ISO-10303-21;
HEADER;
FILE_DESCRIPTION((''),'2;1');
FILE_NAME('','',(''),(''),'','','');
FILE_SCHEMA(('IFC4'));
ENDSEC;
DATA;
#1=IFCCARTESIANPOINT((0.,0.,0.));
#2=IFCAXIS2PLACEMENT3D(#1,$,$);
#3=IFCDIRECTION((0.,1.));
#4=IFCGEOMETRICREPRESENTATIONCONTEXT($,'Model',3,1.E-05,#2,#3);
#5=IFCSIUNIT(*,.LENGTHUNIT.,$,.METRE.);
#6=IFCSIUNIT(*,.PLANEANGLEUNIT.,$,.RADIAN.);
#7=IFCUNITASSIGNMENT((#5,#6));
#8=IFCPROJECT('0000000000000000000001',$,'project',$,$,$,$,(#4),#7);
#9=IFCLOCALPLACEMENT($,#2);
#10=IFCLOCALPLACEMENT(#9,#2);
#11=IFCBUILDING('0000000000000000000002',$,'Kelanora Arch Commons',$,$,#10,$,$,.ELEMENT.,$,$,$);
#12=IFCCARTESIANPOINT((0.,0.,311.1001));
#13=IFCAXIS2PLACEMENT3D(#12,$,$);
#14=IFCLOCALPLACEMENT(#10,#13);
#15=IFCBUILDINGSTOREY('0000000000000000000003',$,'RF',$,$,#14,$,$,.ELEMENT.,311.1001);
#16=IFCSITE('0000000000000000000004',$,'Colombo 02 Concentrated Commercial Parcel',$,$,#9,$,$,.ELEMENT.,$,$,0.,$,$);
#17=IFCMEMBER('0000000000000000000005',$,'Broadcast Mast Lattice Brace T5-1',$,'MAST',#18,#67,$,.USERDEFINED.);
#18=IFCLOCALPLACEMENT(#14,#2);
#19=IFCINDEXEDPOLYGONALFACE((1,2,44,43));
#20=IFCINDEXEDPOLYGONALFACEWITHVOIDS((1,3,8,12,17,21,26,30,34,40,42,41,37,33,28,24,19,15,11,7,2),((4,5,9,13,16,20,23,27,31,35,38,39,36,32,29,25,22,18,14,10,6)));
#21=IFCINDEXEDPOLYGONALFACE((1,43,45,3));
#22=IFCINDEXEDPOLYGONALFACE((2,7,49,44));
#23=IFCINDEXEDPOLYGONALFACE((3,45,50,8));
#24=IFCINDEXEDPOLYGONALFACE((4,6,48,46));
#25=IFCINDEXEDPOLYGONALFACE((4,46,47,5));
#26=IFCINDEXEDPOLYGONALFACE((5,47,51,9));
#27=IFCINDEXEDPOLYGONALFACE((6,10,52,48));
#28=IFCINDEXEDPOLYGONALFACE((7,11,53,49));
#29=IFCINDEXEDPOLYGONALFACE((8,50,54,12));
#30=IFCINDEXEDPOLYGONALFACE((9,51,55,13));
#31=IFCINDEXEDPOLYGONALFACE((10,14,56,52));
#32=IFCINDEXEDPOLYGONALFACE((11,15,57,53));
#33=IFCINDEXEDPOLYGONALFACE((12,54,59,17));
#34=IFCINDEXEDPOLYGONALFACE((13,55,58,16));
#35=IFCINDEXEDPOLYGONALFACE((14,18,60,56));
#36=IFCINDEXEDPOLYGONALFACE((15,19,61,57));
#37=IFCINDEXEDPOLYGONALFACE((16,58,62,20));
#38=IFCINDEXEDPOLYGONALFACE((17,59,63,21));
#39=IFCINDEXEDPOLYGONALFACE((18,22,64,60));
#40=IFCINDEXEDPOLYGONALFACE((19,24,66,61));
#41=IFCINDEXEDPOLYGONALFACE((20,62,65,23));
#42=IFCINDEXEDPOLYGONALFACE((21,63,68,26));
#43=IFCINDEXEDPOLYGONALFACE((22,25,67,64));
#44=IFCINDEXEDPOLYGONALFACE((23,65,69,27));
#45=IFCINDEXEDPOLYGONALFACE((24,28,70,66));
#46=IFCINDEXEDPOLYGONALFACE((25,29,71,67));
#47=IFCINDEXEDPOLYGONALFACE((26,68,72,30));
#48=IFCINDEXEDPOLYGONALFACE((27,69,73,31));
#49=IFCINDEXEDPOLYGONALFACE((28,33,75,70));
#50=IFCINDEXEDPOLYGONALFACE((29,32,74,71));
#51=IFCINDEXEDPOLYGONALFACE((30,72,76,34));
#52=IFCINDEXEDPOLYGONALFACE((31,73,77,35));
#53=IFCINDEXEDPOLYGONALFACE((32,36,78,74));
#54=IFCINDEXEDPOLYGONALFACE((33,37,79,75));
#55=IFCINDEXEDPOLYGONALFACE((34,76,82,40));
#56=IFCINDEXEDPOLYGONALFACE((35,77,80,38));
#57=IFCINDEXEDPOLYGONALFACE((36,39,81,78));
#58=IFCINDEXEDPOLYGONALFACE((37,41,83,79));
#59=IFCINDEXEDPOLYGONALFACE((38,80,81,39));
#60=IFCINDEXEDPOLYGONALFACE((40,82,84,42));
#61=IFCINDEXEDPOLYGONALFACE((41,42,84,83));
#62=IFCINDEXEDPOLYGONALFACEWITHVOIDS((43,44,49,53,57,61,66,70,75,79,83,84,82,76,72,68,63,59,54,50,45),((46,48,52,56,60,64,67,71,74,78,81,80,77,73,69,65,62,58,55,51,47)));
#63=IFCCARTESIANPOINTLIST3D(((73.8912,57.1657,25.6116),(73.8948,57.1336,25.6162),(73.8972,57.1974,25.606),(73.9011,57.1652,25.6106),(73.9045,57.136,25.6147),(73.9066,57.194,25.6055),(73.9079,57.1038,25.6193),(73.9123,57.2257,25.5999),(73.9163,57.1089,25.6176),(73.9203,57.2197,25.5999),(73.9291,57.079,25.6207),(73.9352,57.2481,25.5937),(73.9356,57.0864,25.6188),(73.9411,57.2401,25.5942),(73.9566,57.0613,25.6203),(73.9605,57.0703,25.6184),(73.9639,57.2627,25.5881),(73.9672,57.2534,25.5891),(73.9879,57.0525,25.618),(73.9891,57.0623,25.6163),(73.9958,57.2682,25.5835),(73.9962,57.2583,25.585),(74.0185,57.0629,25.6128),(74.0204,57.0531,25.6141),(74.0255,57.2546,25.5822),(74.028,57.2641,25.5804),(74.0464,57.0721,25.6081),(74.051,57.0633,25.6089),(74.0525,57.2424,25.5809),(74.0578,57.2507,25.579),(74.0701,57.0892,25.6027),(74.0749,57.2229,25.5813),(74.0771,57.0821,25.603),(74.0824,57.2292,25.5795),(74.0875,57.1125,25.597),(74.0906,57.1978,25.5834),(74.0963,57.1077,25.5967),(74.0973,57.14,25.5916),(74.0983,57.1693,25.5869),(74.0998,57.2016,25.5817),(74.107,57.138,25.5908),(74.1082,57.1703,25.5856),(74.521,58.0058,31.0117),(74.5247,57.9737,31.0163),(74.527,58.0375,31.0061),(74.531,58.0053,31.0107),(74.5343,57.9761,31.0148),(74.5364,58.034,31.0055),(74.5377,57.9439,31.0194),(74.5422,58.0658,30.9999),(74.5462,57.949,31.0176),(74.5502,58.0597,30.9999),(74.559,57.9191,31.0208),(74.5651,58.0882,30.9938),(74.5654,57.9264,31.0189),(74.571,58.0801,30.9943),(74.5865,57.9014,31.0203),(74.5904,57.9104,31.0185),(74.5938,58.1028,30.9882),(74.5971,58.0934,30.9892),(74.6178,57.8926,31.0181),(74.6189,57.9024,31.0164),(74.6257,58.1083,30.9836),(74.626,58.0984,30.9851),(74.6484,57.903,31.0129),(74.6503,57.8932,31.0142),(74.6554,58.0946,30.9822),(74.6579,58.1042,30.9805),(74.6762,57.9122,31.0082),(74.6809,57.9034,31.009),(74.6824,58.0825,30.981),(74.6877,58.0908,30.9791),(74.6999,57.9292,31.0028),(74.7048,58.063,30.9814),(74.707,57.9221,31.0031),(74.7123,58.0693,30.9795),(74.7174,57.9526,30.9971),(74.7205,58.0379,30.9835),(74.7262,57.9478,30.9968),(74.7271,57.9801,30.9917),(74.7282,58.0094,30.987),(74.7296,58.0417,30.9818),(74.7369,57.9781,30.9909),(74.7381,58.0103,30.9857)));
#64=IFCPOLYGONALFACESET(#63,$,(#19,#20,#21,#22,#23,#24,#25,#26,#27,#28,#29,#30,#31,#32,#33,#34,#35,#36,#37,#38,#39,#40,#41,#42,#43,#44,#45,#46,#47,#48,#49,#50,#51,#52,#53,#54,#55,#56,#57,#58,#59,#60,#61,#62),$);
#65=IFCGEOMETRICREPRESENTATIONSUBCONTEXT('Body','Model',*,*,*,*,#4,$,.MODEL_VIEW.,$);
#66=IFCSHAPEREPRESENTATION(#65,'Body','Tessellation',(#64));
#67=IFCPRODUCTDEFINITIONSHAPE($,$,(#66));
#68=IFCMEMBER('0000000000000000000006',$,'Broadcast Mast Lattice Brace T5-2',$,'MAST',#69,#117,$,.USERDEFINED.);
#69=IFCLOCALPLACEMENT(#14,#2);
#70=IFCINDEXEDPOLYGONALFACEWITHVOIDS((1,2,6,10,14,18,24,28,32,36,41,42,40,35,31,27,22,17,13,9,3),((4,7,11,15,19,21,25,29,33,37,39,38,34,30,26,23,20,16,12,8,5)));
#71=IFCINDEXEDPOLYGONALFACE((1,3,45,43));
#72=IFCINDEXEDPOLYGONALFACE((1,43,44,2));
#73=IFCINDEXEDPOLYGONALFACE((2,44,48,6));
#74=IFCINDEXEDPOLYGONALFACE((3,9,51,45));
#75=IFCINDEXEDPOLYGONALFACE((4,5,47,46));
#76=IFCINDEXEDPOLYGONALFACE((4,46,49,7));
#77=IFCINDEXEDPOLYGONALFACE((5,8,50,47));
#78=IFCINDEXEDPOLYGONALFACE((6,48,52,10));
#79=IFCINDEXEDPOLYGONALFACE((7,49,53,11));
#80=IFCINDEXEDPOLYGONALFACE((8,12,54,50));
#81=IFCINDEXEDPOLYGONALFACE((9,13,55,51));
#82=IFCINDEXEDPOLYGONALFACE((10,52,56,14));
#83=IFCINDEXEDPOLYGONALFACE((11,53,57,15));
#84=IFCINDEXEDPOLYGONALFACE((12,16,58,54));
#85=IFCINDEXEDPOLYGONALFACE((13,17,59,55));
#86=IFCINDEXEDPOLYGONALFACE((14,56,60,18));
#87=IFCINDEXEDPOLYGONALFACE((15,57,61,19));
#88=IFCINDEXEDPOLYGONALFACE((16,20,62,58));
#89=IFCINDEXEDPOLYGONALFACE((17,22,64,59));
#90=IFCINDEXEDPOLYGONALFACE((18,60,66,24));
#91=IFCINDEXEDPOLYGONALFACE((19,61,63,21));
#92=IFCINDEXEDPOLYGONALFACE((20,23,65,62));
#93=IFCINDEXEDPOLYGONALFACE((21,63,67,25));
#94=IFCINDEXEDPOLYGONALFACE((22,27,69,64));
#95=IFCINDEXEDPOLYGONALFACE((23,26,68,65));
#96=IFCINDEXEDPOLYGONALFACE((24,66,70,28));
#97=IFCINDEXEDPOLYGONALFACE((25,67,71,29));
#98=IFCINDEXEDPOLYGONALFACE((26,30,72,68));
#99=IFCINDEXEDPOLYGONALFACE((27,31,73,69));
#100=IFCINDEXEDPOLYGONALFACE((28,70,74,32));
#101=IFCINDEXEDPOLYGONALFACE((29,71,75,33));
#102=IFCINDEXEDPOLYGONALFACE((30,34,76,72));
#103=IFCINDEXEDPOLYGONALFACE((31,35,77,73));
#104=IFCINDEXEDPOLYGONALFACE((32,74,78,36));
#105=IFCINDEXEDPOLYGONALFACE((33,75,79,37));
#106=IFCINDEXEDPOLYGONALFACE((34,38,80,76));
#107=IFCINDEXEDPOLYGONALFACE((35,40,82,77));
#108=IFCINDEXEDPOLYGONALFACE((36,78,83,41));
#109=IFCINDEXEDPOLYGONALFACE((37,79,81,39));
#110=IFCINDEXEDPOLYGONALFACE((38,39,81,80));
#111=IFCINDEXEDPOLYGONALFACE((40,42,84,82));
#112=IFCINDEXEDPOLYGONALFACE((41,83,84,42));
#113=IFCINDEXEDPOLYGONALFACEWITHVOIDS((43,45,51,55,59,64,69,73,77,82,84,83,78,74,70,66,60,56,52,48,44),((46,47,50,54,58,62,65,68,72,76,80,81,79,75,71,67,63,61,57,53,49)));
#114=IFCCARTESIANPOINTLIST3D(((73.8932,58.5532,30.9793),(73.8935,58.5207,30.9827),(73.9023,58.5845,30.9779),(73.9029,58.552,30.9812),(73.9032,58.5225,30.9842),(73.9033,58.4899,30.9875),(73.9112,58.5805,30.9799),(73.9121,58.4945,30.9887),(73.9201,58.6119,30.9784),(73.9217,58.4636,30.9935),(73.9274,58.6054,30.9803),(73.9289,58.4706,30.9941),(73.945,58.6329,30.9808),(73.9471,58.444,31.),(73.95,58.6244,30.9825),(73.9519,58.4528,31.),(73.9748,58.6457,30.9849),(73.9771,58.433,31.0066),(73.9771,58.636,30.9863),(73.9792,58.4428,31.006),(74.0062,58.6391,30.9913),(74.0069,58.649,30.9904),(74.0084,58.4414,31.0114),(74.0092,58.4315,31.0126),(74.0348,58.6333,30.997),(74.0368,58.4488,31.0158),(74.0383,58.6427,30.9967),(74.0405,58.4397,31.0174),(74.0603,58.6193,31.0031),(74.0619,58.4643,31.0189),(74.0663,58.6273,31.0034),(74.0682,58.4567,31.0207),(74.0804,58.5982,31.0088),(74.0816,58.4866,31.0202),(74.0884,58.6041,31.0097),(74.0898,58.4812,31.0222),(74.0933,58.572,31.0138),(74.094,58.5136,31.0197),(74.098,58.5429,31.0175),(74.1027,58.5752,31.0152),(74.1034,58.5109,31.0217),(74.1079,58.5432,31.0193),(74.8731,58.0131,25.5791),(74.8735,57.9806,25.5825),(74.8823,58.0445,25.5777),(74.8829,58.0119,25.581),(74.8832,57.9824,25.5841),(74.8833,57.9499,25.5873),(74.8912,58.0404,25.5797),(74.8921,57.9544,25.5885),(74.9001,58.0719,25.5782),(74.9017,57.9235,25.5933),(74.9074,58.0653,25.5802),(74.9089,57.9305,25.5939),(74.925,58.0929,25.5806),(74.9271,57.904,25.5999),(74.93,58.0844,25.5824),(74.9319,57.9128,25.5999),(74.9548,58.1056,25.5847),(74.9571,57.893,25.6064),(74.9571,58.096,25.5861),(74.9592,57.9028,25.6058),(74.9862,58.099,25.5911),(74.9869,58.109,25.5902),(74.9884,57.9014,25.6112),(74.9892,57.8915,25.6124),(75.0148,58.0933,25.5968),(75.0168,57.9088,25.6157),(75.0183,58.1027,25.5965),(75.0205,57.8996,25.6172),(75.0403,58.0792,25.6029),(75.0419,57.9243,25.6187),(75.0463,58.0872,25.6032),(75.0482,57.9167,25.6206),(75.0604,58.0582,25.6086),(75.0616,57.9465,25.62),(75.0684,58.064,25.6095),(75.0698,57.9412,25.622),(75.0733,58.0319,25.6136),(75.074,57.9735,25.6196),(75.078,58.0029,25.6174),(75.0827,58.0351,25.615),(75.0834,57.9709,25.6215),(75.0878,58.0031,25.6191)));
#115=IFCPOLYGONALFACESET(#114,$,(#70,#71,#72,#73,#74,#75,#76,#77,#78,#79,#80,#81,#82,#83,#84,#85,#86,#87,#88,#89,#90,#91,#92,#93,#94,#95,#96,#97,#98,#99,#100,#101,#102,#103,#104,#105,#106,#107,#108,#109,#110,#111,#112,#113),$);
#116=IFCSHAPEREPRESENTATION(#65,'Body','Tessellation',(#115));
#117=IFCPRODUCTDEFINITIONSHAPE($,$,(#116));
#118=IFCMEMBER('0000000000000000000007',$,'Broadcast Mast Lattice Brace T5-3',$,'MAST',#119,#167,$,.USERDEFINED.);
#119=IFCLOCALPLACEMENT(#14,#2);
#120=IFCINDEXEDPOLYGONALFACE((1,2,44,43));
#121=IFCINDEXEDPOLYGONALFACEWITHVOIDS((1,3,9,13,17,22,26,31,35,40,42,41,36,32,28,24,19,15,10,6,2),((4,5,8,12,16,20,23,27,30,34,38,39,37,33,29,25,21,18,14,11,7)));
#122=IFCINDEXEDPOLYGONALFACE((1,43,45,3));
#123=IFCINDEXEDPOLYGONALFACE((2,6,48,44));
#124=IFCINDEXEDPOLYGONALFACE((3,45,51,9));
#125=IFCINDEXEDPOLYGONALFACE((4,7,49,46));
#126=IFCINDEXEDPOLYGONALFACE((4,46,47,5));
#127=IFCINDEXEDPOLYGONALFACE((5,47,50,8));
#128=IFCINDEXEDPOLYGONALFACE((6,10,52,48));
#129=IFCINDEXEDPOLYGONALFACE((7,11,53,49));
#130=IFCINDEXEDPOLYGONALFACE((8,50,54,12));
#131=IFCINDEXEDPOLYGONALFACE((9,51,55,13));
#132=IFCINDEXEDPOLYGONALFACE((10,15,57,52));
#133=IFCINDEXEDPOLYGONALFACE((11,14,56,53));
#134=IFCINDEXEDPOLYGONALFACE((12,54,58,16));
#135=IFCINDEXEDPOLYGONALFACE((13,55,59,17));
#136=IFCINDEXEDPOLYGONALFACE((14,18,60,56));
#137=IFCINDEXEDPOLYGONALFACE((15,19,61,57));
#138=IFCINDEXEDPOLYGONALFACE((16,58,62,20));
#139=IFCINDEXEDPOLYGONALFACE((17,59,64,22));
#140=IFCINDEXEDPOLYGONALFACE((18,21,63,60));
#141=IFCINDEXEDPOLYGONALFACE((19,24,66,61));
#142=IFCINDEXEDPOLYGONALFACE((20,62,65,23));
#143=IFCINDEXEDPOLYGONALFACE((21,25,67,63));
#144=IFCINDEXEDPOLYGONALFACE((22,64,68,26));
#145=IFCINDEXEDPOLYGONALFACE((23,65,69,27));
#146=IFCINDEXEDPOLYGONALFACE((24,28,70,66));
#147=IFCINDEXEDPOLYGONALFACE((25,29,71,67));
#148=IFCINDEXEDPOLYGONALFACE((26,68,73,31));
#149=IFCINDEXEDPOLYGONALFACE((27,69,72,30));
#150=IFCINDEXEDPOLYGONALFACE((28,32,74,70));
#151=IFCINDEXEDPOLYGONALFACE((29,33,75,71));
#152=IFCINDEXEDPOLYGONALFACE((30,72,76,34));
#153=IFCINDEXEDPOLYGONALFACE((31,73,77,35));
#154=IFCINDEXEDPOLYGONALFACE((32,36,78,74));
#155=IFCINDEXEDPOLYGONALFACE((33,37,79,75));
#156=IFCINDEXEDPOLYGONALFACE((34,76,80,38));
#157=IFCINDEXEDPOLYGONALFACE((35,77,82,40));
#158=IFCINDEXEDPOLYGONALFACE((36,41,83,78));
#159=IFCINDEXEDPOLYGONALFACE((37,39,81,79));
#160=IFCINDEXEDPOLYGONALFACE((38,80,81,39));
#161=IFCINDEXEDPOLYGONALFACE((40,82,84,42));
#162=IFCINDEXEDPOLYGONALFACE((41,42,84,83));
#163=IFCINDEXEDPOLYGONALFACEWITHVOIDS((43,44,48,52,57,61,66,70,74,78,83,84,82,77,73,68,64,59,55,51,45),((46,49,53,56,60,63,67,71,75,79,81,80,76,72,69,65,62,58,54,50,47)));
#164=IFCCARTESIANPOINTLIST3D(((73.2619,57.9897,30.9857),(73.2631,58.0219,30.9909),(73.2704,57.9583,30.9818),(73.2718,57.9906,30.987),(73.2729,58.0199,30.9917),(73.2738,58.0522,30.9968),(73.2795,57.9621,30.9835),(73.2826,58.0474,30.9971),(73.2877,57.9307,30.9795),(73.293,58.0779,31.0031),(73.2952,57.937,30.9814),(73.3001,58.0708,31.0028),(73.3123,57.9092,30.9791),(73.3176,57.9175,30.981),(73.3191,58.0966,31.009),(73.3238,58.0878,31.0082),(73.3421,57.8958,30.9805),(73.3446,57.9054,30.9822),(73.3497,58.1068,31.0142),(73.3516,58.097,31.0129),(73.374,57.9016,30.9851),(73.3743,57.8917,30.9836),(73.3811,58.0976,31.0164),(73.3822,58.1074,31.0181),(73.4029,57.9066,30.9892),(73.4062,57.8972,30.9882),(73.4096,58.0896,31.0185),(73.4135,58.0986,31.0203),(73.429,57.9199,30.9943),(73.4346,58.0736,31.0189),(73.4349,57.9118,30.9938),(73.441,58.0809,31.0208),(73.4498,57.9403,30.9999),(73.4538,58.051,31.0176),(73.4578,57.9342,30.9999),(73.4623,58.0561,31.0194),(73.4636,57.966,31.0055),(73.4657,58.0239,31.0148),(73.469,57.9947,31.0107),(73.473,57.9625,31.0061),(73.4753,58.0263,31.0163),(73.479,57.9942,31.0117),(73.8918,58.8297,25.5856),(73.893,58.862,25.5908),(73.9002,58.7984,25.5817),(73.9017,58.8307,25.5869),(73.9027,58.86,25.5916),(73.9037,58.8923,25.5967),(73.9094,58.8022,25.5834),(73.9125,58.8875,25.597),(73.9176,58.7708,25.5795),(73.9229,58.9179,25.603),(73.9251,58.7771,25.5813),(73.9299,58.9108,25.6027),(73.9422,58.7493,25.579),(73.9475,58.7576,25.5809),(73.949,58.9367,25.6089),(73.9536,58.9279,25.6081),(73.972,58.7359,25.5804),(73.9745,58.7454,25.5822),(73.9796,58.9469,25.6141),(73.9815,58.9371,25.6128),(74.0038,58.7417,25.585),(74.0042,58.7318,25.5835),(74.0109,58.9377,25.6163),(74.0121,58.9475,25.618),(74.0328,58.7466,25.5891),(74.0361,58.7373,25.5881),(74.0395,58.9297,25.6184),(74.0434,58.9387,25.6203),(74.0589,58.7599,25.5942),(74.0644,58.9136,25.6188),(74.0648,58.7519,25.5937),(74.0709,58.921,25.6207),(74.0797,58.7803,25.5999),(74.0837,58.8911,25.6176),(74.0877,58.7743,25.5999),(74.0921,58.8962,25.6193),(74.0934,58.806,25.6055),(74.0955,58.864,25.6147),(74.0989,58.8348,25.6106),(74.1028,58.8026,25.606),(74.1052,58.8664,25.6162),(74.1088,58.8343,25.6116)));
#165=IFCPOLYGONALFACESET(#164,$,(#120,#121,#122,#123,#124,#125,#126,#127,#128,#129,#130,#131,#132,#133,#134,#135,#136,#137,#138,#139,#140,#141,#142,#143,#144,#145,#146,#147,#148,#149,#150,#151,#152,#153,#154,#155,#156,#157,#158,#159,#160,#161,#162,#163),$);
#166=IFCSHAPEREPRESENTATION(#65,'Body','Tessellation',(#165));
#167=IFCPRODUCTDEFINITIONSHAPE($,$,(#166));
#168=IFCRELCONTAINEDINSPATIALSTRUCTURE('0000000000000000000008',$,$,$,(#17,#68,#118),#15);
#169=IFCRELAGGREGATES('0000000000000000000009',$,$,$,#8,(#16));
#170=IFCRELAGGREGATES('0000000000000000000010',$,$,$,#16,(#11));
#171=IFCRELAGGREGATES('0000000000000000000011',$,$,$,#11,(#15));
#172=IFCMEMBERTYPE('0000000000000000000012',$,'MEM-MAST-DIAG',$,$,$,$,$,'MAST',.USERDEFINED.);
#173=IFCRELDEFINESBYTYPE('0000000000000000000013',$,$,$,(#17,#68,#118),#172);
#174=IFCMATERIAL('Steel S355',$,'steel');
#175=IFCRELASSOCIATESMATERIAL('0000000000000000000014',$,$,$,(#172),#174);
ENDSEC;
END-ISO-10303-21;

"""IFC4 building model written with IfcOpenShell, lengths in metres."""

from ifc_helpers import new_model, si_unit, direction, frame, origin, origin_2d, place, context, subcontext, project, spatial, hollow_circle, extrude, material, material_profile, profile_set, type_object, element, save


model = new_model("IFC4")

# Units and contexts
model_context = context("Model", 3, precision=1e-05, world=origin(), true_north=direction((0.0, 1.0)))
body_context = subcontext(model_context, "Body", "Model", "MODEL_VIEW")
ifc_project = project(units=[si_unit("LENGTHUNIT", "METRE"), si_unit("PLANEANGLEUNIT", "RADIAN")], contexts=[model_context])

# Site, building, storey
site_placement = place(None, origin())
site = spatial("IfcSite", under=ifc_project, at=site_placement, Name="Colombo 02 Concentrated Commercial Parcel", CompositionType="ELEMENT", RefElevation=0.0)
building_placement = place(site_placement, origin())
building = spatial("IfcBuilding", under=site, at=building_placement, Name="Kelanora Arch Commons", CompositionType="ELEMENT")
storey_placement = place(building_placement, frame((0.0, 0.0, 311.1001)))
storey = spatial("IfcBuildingStorey", under=building, at=storey_placement, Name="RF", CompositionType="ELEMENT", Elevation=311.1001)

# Members
ifc_material = material(Name="Steel S355", Category="steel")
ifc_material_profile_1 = material_profile(ifc_material, hollow_circle(Radius=0.1096, WallThickness=0.01, at=origin_2d()), Name="CHS219.1x10")
ifc_profile_set_1 = profile_set([ifc_material_profile_1], Name="Steel S355")
member_type_1 = type_object("IfcMemberType", Name="MEM-MAST-DIAG", ElementType="MAST", PredefinedType="USERDEFINED", material=ifc_profile_set_1)
member_1_placement = place(storey_placement, frame((74.0, 57.1599, 25.5999), z_axis=(0.114498, 0.152708, 0.981616), x_axis=(-0.800084, 0.599888, 0.0)))
element("IfcMember", 1, at=member_1_placement, inside=storey, type_object=member_type_1, Name="Broadcast Mast Lattice Brace T5-1", ObjectType="MAST", PredefinedType="USERDEFINED", context=body_context, shape_type="SweptSolid", body=[
    extrude(hollow_circle(Radius=0.1096, WallThickness=0.01, at=origin_2d()), origin(), (0.0, 0.0, 1.0), 5.5012),
])
member_2_placement = place(storey_placement, frame((74.98, 58.0, 25.5999), z_axis=(-0.177698, 0.097924, 0.979201), x_axis=(-0.482639, -0.875819, 0.0)))
element("IfcMember", 2, at=member_2_placement, inside=storey, type_object=member_type_1, Name="Broadcast Mast Lattice Brace T5-2", ObjectType="MAST", PredefinedType="USERDEFINED", context=body_context, shape_type="SweptSolid", body=[
    extrude(hollow_circle(Radius=0.1096, WallThickness=0.01, at=origin_2d()), origin(), (0.0, 0.0, 1.0), 5.5149),
])
member_3_placement = place(storey_placement, frame((74.0, 58.8401, 25.5999), z_axis=(-0.114498, -0.152708, 0.981616), x_axis=(0.800084, -0.599888, 0.0)))
element("IfcMember", 3, at=member_3_placement, inside=storey, type_object=member_type_1, Name="Broadcast Mast Lattice Brace T5-3", ObjectType="MAST", PredefinedType="USERDEFINED", context=body_context, shape_type="SweptSolid", body=[
    extrude(hollow_circle(Radius=0.1096, WallThickness=0.01, at=origin_2d()), origin(), (0.0, 0.0, 1.0), 5.5012),
])

save(model, "model.ifc")
